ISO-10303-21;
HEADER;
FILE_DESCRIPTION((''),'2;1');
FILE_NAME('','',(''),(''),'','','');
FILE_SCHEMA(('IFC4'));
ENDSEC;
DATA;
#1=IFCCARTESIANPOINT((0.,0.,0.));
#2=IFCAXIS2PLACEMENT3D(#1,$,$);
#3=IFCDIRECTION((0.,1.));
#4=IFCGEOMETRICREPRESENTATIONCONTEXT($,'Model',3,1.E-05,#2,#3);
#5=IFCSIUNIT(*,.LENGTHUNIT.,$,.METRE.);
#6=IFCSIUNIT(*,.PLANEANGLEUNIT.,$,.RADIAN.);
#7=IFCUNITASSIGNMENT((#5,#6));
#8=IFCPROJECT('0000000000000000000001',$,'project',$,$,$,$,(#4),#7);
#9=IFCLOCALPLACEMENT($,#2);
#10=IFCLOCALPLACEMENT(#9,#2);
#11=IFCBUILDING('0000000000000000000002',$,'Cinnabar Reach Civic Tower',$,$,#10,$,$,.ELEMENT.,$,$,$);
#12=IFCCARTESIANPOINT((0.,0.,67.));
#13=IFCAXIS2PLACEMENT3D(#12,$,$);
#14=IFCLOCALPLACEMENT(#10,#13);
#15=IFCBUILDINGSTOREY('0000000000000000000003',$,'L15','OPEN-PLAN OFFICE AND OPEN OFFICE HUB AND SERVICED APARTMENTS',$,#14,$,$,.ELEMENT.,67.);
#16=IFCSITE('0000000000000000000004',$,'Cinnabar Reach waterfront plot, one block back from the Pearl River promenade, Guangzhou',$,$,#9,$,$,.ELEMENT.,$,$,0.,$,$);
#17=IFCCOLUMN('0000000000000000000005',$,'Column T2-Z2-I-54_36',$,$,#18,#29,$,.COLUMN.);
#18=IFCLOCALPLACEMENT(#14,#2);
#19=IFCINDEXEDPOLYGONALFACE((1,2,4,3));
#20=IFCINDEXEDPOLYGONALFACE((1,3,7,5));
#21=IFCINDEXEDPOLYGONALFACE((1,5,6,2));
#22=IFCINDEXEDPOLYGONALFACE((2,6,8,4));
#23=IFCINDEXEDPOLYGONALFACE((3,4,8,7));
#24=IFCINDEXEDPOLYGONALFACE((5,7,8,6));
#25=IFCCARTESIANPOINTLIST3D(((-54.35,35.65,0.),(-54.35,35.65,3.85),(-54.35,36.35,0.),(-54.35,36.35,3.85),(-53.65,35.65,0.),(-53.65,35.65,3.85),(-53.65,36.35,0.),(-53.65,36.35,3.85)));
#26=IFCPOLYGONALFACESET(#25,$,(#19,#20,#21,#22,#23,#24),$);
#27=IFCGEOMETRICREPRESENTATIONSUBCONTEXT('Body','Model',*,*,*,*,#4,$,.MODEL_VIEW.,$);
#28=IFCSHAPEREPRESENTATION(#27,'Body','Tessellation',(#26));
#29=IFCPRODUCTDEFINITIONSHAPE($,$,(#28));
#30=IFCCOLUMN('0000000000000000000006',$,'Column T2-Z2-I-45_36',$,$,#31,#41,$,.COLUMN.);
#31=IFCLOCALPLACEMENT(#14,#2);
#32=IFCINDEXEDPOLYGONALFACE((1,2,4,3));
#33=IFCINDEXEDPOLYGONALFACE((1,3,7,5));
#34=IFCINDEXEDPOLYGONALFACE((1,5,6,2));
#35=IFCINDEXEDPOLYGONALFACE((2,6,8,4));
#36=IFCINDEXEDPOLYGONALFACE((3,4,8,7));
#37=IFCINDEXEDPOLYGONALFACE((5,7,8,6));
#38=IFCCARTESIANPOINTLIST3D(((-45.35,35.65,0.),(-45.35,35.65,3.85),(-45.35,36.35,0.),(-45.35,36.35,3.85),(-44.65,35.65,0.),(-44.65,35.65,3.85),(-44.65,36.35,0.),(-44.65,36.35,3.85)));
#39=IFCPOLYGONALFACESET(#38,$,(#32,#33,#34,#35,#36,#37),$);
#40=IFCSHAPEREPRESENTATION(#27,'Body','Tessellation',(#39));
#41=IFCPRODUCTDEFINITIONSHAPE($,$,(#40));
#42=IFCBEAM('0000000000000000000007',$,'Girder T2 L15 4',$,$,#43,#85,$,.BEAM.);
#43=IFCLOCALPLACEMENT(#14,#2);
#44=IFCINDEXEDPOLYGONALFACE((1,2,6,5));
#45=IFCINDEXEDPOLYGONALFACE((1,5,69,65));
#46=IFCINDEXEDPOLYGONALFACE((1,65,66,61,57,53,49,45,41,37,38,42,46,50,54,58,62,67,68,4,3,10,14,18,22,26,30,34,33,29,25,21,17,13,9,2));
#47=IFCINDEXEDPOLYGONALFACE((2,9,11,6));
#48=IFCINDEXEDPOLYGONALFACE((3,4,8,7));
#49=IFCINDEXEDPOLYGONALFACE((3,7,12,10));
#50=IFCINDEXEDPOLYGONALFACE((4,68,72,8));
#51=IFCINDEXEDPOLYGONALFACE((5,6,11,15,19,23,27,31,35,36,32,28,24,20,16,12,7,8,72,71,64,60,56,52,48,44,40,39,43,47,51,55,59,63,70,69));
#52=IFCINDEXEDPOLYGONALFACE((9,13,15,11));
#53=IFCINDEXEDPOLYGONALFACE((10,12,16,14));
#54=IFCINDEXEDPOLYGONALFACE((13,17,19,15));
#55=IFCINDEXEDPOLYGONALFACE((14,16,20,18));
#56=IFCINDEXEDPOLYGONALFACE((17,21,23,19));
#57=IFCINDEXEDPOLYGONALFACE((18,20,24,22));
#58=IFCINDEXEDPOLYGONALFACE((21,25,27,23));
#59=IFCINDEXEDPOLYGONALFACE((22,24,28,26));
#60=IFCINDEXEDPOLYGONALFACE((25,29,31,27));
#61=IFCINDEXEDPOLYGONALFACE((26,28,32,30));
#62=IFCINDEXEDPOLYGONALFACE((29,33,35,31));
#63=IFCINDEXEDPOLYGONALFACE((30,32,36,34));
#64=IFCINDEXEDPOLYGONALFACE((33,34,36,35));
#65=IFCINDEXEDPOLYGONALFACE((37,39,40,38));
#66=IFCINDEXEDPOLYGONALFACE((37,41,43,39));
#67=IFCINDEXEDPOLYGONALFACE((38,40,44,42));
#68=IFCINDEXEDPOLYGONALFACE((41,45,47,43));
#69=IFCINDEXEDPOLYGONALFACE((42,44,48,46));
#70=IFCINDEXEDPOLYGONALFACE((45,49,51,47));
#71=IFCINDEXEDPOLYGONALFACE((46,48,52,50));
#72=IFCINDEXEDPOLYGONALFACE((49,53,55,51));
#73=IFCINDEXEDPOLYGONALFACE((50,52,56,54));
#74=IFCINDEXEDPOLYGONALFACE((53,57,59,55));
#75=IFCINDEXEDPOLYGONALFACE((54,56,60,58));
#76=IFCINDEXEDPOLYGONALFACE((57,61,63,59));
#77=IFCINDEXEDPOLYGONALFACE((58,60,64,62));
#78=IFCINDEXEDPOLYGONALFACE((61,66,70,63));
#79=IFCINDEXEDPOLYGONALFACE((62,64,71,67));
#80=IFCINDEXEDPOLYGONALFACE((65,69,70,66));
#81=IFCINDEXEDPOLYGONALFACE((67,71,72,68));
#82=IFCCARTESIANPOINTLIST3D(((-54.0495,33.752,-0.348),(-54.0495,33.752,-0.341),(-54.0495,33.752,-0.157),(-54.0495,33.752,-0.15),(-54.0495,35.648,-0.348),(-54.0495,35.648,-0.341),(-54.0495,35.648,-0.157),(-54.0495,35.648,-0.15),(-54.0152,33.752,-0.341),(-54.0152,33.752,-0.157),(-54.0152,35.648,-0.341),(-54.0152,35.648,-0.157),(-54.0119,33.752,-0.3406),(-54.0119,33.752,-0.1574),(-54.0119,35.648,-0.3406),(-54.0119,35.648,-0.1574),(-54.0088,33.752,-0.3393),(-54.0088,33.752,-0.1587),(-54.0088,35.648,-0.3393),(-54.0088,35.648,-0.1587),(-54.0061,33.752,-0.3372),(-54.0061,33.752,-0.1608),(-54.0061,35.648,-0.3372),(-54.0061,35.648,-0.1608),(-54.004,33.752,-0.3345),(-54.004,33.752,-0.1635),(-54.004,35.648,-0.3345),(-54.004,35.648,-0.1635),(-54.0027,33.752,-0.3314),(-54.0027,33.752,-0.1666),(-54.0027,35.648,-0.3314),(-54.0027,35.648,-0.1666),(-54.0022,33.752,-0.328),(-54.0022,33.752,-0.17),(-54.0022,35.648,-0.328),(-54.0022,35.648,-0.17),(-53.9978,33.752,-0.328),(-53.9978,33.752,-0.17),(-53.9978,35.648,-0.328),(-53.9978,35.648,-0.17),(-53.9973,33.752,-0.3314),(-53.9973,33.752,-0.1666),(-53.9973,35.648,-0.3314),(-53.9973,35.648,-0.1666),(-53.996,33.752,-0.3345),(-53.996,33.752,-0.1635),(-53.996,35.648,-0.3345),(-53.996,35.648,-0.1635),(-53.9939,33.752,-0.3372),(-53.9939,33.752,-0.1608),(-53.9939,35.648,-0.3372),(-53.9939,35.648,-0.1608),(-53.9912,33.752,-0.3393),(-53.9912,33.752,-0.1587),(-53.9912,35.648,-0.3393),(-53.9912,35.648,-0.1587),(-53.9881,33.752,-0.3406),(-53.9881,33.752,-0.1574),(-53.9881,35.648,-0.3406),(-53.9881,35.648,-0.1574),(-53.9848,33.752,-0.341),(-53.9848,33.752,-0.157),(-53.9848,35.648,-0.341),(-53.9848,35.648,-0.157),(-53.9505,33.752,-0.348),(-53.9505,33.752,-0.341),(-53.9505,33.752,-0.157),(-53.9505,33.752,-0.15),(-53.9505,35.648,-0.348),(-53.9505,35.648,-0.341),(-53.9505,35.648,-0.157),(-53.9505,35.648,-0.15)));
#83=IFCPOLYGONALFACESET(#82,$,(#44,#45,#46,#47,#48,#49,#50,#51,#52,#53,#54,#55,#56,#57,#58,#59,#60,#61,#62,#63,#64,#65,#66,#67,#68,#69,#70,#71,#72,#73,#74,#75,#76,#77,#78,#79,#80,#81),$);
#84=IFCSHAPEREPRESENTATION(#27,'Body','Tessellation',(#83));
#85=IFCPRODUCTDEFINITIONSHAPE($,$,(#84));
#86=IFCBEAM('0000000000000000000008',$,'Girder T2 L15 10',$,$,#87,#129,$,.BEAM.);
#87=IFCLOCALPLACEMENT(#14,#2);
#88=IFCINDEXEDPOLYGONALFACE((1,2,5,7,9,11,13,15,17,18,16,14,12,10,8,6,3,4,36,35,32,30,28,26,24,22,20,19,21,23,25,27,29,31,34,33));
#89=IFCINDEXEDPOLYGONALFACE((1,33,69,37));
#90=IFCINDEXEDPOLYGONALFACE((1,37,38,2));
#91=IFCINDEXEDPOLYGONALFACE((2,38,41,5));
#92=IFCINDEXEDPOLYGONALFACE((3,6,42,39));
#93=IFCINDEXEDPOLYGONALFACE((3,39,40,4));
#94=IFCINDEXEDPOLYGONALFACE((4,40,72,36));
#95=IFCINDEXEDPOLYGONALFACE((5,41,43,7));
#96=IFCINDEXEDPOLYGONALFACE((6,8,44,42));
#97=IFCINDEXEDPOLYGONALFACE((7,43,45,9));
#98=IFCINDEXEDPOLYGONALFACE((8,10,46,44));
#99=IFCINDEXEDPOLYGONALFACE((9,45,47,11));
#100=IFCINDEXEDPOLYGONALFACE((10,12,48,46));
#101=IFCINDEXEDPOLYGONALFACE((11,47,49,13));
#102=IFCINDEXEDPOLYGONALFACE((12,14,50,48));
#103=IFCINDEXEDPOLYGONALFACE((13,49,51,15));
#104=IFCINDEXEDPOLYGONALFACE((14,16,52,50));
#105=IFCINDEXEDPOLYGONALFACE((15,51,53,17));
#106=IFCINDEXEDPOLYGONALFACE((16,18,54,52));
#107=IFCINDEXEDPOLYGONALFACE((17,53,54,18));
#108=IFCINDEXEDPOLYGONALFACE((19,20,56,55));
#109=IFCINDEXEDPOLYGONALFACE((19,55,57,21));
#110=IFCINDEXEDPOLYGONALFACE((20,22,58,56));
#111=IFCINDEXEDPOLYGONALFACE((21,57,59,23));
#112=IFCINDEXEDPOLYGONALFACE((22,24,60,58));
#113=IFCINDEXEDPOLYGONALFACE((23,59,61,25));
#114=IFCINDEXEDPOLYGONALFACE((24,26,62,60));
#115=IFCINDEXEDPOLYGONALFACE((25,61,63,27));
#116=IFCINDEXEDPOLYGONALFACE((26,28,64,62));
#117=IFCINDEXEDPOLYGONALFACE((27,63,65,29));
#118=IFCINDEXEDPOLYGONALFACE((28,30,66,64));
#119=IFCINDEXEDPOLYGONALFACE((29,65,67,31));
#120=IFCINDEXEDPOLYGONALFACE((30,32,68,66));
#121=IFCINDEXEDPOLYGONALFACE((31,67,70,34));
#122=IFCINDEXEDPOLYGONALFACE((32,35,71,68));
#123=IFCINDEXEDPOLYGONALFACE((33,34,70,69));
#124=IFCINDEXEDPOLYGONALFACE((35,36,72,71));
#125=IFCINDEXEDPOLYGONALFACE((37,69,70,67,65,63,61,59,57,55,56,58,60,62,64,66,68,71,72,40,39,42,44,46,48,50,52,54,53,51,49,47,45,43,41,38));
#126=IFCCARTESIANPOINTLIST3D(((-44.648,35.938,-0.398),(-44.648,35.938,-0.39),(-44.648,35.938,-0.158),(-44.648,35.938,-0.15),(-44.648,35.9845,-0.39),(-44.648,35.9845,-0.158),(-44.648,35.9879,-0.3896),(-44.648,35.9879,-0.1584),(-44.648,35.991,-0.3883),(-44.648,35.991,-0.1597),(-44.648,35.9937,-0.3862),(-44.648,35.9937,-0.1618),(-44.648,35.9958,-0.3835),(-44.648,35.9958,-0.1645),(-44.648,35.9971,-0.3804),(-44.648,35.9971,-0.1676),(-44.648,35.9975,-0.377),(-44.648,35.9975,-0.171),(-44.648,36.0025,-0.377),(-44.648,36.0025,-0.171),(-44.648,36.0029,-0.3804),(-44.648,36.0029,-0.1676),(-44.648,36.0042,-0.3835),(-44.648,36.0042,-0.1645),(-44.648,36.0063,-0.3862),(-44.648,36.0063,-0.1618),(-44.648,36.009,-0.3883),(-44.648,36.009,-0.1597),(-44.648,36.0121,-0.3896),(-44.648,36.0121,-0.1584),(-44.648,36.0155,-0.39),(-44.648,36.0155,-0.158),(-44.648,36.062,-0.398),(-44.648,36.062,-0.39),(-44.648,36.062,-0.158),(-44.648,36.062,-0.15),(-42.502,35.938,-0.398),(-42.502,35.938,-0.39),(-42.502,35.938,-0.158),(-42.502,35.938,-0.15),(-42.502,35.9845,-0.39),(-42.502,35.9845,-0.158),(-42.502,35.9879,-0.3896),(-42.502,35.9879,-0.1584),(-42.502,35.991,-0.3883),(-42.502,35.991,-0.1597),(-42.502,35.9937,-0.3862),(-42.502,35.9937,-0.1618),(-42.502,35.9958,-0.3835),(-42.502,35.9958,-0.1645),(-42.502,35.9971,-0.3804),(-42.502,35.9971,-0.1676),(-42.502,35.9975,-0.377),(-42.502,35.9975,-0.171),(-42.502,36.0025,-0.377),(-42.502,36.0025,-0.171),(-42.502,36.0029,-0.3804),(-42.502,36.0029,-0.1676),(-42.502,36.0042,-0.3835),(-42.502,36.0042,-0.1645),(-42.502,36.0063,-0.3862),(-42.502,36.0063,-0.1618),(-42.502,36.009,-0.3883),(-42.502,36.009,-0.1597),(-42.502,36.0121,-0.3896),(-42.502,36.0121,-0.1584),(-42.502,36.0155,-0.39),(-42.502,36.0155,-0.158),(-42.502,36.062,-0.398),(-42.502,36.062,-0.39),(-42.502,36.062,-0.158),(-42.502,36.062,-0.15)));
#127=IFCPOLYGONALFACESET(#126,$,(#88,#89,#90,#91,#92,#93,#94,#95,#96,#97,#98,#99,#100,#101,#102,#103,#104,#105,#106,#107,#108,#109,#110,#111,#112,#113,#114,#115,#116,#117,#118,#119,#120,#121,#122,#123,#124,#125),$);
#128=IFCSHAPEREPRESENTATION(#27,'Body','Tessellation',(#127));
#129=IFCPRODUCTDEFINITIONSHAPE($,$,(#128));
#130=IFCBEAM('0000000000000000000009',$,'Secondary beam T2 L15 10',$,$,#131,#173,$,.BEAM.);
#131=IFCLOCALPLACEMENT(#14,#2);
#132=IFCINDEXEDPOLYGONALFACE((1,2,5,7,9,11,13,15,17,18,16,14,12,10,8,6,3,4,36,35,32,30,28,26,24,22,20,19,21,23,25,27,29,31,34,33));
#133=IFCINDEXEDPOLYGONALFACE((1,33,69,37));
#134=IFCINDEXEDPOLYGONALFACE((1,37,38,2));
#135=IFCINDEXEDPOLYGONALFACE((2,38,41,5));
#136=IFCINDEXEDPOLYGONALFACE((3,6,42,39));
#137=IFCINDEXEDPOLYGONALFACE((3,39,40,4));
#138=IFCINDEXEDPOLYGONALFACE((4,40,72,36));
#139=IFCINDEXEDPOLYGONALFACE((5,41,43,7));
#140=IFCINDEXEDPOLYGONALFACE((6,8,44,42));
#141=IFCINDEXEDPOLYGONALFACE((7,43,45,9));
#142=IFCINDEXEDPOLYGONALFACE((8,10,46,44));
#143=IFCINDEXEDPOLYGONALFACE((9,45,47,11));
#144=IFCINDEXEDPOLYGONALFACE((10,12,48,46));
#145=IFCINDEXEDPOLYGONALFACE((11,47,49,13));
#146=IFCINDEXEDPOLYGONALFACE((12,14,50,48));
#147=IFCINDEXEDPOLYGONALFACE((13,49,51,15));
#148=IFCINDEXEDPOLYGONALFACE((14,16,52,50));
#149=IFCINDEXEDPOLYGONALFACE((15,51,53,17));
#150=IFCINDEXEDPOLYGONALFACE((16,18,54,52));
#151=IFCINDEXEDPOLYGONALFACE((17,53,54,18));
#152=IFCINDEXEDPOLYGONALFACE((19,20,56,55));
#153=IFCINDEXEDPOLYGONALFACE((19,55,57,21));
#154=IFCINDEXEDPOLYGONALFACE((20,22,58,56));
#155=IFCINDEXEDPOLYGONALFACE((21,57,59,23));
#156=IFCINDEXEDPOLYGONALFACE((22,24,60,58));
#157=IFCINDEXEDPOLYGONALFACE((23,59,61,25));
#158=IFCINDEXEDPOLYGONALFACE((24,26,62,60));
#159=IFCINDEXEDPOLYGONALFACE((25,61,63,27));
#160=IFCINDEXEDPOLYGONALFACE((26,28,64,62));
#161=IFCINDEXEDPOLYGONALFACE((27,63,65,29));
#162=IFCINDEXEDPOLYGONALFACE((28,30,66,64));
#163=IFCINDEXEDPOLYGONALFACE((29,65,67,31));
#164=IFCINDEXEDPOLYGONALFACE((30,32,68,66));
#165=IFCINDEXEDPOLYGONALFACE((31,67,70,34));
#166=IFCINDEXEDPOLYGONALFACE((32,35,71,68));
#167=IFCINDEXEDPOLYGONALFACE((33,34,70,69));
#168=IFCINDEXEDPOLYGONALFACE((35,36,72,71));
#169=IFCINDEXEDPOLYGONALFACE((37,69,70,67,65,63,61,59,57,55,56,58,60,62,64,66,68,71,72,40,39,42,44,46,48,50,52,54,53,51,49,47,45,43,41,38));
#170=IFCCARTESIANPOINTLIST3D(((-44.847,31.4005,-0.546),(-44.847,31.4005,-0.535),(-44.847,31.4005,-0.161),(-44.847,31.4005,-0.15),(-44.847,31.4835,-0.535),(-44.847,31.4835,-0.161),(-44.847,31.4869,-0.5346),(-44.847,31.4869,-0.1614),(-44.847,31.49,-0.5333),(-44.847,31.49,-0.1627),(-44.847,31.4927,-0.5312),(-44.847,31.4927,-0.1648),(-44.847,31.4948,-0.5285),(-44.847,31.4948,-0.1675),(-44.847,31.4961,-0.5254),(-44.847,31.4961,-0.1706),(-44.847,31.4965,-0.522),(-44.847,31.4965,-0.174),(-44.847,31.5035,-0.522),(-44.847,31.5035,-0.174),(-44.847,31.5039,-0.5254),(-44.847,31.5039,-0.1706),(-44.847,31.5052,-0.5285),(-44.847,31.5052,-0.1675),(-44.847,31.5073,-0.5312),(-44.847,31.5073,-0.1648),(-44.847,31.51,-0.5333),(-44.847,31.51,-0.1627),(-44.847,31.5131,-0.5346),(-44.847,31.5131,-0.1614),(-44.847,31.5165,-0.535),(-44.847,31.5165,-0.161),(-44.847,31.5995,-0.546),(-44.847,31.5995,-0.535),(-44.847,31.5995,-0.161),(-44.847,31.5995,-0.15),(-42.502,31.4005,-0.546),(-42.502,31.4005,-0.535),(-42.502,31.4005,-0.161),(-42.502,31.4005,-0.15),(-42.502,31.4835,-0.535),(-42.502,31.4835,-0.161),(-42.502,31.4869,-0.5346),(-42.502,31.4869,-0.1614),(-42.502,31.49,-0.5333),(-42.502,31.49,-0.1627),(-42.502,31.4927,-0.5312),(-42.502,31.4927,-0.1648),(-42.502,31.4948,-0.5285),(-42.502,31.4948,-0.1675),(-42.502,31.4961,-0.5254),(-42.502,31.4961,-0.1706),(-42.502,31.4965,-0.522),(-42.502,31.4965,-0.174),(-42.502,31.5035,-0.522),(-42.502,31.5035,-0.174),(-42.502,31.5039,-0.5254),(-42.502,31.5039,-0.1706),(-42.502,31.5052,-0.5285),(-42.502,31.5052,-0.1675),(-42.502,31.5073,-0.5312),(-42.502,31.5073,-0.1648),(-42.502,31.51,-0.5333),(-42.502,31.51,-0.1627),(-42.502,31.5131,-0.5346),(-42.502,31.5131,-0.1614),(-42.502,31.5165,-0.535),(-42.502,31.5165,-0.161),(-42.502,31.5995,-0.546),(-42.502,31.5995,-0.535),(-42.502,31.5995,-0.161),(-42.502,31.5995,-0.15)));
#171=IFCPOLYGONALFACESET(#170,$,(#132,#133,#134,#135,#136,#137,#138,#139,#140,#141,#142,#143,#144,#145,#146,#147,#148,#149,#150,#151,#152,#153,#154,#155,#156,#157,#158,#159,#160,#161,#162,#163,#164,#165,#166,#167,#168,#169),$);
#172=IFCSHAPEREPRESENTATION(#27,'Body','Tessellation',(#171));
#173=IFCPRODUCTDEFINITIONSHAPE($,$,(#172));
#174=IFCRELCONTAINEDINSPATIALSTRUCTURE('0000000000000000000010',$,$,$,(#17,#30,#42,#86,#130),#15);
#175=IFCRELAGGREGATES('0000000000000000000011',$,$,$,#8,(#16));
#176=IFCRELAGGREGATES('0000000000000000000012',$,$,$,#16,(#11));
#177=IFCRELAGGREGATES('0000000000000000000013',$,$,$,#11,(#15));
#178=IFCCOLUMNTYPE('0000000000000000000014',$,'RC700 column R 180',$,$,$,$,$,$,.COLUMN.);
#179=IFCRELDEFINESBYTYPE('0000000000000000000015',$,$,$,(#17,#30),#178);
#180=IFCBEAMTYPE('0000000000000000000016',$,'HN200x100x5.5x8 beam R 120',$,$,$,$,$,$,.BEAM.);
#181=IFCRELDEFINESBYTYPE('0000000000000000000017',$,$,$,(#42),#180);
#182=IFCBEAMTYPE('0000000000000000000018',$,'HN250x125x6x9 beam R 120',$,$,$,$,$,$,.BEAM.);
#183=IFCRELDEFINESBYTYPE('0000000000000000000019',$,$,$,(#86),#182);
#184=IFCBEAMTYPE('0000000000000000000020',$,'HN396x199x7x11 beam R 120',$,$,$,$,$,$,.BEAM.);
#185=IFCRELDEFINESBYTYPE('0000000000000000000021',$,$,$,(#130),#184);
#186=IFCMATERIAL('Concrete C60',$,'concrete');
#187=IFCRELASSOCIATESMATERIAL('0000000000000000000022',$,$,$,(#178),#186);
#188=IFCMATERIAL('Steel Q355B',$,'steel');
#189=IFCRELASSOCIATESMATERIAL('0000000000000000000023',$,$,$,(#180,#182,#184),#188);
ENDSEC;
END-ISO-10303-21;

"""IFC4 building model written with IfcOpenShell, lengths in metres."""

from ifc_helpers import new_model, si_unit, direction, frame, origin, origin_2d, place, context, subcontext, project, spatial, rectangle, i_section, extrude, material, material_profile, profile_set, type_object, element, save


model = new_model("IFC4")

# Units and contexts
model_context = context("Model", 3, precision=1e-05, world=origin(), true_north=direction((0.0, 1.0)))
body_context = subcontext(model_context, "Body", "Model", "MODEL_VIEW")
ifc_project = project(units=[si_unit("LENGTHUNIT", "METRE"), si_unit("PLANEANGLEUNIT", "RADIAN")], contexts=[model_context])

# Site, building, storey
site_placement = place(None, origin())
site = spatial("IfcSite", under=ifc_project, at=site_placement, Name="Cinnabar Reach waterfront plot, one block back from the Pearl River promenade, Guangzhou", CompositionType="ELEMENT", RefElevation=0.0)
building_placement = place(site_placement, origin())
building = spatial("IfcBuilding", under=site, at=building_placement, Name="Cinnabar Reach Civic Tower", CompositionType="ELEMENT")
storey_placement = place(building_placement, frame((0.0, 0.0, 67.0)))
storey = spatial("IfcBuildingStorey", under=building, at=storey_placement, Name="L15", Description="OPEN-PLAN OFFICE AND OPEN OFFICE HUB AND SERVICED APARTMENTS", CompositionType="ELEMENT", Elevation=67.0)

# Columns
ifc_material_1 = material(Name="Concrete C60", Category="concrete")
ifc_material_profile_1 = material_profile(ifc_material_1, rectangle(XDim=0.7, YDim=0.7, at=origin_2d()), Name="RC700")
ifc_profile_set_1 = profile_set([ifc_material_profile_1], Name="Concrete C60")
column_type = type_object("IfcColumnType", Name="RC700 column R 180", PredefinedType="COLUMN", material=ifc_profile_set_1)
for number, where, z_axis, x_axis, name in (
    (1, (-54.0, 36.0, 0.0), (0.0, 0.0, 1.0), (1.0, 0.0, 0.0), "Column T2-Z2-I-54_36"),
    (2, (-45.0, 36.0, 0.0), (0.0, 0.0, 1.0), (1.0, 0.0, 0.0), "Column T2-Z2-I-45_36"),
):
    element("IfcColumn", number, at=place(storey_placement, frame(where, z_axis=z_axis, x_axis=x_axis)), inside=storey, type_object=column_type, Name=name, PredefinedType="COLUMN", context=body_context, shape_type="SweptSolid", body=[
        extrude(rectangle(XDim=0.7, YDim=0.7, at=origin_2d()), origin(), (0.0, 0.0, 1.0), 3.85),
    ])

# Beams
ifc_material_2 = material(Name="Steel Q355B", Category="steel")
ifc_material_profile_2 = material_profile(ifc_material_2, i_section(OverallWidth=0.099, OverallDepth=0.198, WebThickness=0.0045, FlangeThickness=0.007, FilletRadius=0.013, at=origin_2d()), Name="HN200x100x5.5x8")
ifc_profile_set_2 = profile_set([ifc_material_profile_2], Name="Steel Q355B")
beam_type_1 = type_object("IfcBeamType", Name="HN200x100x5.5x8 beam R 120", PredefinedType="BEAM", material=ifc_profile_set_2)
beam_1_placement = place(storey_placement, frame((-54.0, 33.752, -0.249), z_axis=(0.0, 1.0, 0.0), x_axis=(-1.0, 0.0, 0.0)))
element("IfcBeam", 3, at=beam_1_placement, inside=storey, type_object=beam_type_1, Name="Girder T2 L15 4", PredefinedType="BEAM", context=body_context, shape_type="SweptSolid", body=[
    extrude(i_section(OverallWidth=0.099, OverallDepth=0.198, WebThickness=0.0045, FlangeThickness=0.007, FilletRadius=0.013, at=origin_2d()), origin(), (0.0, 0.0, 1.0), 1.896),
])
ifc_material_profile_3 = material_profile(ifc_material_2, i_section(OverallWidth=0.124, OverallDepth=0.248, WebThickness=0.005, FlangeThickness=0.008, FilletRadius=0.013, at=origin_2d()), Name="HN250x125x6x9")
ifc_profile_set_3 = profile_set([ifc_material_profile_3], Name="Steel Q355B")
beam_type_2 = type_object("IfcBeamType", Name="HN250x125x6x9 beam R 120", PredefinedType="BEAM", material=ifc_profile_set_3)
beam_2_placement = place(storey_placement, frame((-44.648, 36.0, -0.274), z_axis=(1.0, 0.0, 0.0), x_axis=(0.0, 1.0, 0.0)))
element("IfcBeam", 4, at=beam_2_placement, inside=storey, type_object=beam_type_2, Name="Girder T2 L15 10", PredefinedType="BEAM", context=body_context, shape_type="SweptSolid", body=[
    extrude(i_section(OverallWidth=0.124, OverallDepth=0.248, WebThickness=0.005, FlangeThickness=0.008, FilletRadius=0.013, at=origin_2d()), origin(), (0.0, 0.0, 1.0), 2.146),
])
ifc_material_profile_4 = material_profile(ifc_material_2, i_section(OverallWidth=0.199, OverallDepth=0.396, WebThickness=0.007, FlangeThickness=0.011, FilletRadius=0.013, at=origin_2d()), Name="HN396x199x7x11")
ifc_profile_set_4 = profile_set([ifc_material_profile_4], Name="Steel Q355B")
beam_type_3 = type_object("IfcBeamType", Name="HN396x199x7x11 beam R 120", PredefinedType="BEAM", material=ifc_profile_set_4)
beam_3_placement = place(storey_placement, frame((-44.847, 31.5, -0.348), z_axis=(1.0, 0.0, 0.0), x_axis=(0.0, 1.0, 0.0)))
element("IfcBeam", 5, at=beam_3_placement, inside=storey, type_object=beam_type_3, Name="Secondary beam T2 L15 10", PredefinedType="BEAM", context=body_context, shape_type="SweptSolid", body=[
    extrude(i_section(OverallWidth=0.199, OverallDepth=0.396, WebThickness=0.007, FlangeThickness=0.011, FilletRadius=0.013, at=origin_2d()), origin(), (0.0, 0.0, 1.0), 2.345),
])

save(model, "model.ifc")
